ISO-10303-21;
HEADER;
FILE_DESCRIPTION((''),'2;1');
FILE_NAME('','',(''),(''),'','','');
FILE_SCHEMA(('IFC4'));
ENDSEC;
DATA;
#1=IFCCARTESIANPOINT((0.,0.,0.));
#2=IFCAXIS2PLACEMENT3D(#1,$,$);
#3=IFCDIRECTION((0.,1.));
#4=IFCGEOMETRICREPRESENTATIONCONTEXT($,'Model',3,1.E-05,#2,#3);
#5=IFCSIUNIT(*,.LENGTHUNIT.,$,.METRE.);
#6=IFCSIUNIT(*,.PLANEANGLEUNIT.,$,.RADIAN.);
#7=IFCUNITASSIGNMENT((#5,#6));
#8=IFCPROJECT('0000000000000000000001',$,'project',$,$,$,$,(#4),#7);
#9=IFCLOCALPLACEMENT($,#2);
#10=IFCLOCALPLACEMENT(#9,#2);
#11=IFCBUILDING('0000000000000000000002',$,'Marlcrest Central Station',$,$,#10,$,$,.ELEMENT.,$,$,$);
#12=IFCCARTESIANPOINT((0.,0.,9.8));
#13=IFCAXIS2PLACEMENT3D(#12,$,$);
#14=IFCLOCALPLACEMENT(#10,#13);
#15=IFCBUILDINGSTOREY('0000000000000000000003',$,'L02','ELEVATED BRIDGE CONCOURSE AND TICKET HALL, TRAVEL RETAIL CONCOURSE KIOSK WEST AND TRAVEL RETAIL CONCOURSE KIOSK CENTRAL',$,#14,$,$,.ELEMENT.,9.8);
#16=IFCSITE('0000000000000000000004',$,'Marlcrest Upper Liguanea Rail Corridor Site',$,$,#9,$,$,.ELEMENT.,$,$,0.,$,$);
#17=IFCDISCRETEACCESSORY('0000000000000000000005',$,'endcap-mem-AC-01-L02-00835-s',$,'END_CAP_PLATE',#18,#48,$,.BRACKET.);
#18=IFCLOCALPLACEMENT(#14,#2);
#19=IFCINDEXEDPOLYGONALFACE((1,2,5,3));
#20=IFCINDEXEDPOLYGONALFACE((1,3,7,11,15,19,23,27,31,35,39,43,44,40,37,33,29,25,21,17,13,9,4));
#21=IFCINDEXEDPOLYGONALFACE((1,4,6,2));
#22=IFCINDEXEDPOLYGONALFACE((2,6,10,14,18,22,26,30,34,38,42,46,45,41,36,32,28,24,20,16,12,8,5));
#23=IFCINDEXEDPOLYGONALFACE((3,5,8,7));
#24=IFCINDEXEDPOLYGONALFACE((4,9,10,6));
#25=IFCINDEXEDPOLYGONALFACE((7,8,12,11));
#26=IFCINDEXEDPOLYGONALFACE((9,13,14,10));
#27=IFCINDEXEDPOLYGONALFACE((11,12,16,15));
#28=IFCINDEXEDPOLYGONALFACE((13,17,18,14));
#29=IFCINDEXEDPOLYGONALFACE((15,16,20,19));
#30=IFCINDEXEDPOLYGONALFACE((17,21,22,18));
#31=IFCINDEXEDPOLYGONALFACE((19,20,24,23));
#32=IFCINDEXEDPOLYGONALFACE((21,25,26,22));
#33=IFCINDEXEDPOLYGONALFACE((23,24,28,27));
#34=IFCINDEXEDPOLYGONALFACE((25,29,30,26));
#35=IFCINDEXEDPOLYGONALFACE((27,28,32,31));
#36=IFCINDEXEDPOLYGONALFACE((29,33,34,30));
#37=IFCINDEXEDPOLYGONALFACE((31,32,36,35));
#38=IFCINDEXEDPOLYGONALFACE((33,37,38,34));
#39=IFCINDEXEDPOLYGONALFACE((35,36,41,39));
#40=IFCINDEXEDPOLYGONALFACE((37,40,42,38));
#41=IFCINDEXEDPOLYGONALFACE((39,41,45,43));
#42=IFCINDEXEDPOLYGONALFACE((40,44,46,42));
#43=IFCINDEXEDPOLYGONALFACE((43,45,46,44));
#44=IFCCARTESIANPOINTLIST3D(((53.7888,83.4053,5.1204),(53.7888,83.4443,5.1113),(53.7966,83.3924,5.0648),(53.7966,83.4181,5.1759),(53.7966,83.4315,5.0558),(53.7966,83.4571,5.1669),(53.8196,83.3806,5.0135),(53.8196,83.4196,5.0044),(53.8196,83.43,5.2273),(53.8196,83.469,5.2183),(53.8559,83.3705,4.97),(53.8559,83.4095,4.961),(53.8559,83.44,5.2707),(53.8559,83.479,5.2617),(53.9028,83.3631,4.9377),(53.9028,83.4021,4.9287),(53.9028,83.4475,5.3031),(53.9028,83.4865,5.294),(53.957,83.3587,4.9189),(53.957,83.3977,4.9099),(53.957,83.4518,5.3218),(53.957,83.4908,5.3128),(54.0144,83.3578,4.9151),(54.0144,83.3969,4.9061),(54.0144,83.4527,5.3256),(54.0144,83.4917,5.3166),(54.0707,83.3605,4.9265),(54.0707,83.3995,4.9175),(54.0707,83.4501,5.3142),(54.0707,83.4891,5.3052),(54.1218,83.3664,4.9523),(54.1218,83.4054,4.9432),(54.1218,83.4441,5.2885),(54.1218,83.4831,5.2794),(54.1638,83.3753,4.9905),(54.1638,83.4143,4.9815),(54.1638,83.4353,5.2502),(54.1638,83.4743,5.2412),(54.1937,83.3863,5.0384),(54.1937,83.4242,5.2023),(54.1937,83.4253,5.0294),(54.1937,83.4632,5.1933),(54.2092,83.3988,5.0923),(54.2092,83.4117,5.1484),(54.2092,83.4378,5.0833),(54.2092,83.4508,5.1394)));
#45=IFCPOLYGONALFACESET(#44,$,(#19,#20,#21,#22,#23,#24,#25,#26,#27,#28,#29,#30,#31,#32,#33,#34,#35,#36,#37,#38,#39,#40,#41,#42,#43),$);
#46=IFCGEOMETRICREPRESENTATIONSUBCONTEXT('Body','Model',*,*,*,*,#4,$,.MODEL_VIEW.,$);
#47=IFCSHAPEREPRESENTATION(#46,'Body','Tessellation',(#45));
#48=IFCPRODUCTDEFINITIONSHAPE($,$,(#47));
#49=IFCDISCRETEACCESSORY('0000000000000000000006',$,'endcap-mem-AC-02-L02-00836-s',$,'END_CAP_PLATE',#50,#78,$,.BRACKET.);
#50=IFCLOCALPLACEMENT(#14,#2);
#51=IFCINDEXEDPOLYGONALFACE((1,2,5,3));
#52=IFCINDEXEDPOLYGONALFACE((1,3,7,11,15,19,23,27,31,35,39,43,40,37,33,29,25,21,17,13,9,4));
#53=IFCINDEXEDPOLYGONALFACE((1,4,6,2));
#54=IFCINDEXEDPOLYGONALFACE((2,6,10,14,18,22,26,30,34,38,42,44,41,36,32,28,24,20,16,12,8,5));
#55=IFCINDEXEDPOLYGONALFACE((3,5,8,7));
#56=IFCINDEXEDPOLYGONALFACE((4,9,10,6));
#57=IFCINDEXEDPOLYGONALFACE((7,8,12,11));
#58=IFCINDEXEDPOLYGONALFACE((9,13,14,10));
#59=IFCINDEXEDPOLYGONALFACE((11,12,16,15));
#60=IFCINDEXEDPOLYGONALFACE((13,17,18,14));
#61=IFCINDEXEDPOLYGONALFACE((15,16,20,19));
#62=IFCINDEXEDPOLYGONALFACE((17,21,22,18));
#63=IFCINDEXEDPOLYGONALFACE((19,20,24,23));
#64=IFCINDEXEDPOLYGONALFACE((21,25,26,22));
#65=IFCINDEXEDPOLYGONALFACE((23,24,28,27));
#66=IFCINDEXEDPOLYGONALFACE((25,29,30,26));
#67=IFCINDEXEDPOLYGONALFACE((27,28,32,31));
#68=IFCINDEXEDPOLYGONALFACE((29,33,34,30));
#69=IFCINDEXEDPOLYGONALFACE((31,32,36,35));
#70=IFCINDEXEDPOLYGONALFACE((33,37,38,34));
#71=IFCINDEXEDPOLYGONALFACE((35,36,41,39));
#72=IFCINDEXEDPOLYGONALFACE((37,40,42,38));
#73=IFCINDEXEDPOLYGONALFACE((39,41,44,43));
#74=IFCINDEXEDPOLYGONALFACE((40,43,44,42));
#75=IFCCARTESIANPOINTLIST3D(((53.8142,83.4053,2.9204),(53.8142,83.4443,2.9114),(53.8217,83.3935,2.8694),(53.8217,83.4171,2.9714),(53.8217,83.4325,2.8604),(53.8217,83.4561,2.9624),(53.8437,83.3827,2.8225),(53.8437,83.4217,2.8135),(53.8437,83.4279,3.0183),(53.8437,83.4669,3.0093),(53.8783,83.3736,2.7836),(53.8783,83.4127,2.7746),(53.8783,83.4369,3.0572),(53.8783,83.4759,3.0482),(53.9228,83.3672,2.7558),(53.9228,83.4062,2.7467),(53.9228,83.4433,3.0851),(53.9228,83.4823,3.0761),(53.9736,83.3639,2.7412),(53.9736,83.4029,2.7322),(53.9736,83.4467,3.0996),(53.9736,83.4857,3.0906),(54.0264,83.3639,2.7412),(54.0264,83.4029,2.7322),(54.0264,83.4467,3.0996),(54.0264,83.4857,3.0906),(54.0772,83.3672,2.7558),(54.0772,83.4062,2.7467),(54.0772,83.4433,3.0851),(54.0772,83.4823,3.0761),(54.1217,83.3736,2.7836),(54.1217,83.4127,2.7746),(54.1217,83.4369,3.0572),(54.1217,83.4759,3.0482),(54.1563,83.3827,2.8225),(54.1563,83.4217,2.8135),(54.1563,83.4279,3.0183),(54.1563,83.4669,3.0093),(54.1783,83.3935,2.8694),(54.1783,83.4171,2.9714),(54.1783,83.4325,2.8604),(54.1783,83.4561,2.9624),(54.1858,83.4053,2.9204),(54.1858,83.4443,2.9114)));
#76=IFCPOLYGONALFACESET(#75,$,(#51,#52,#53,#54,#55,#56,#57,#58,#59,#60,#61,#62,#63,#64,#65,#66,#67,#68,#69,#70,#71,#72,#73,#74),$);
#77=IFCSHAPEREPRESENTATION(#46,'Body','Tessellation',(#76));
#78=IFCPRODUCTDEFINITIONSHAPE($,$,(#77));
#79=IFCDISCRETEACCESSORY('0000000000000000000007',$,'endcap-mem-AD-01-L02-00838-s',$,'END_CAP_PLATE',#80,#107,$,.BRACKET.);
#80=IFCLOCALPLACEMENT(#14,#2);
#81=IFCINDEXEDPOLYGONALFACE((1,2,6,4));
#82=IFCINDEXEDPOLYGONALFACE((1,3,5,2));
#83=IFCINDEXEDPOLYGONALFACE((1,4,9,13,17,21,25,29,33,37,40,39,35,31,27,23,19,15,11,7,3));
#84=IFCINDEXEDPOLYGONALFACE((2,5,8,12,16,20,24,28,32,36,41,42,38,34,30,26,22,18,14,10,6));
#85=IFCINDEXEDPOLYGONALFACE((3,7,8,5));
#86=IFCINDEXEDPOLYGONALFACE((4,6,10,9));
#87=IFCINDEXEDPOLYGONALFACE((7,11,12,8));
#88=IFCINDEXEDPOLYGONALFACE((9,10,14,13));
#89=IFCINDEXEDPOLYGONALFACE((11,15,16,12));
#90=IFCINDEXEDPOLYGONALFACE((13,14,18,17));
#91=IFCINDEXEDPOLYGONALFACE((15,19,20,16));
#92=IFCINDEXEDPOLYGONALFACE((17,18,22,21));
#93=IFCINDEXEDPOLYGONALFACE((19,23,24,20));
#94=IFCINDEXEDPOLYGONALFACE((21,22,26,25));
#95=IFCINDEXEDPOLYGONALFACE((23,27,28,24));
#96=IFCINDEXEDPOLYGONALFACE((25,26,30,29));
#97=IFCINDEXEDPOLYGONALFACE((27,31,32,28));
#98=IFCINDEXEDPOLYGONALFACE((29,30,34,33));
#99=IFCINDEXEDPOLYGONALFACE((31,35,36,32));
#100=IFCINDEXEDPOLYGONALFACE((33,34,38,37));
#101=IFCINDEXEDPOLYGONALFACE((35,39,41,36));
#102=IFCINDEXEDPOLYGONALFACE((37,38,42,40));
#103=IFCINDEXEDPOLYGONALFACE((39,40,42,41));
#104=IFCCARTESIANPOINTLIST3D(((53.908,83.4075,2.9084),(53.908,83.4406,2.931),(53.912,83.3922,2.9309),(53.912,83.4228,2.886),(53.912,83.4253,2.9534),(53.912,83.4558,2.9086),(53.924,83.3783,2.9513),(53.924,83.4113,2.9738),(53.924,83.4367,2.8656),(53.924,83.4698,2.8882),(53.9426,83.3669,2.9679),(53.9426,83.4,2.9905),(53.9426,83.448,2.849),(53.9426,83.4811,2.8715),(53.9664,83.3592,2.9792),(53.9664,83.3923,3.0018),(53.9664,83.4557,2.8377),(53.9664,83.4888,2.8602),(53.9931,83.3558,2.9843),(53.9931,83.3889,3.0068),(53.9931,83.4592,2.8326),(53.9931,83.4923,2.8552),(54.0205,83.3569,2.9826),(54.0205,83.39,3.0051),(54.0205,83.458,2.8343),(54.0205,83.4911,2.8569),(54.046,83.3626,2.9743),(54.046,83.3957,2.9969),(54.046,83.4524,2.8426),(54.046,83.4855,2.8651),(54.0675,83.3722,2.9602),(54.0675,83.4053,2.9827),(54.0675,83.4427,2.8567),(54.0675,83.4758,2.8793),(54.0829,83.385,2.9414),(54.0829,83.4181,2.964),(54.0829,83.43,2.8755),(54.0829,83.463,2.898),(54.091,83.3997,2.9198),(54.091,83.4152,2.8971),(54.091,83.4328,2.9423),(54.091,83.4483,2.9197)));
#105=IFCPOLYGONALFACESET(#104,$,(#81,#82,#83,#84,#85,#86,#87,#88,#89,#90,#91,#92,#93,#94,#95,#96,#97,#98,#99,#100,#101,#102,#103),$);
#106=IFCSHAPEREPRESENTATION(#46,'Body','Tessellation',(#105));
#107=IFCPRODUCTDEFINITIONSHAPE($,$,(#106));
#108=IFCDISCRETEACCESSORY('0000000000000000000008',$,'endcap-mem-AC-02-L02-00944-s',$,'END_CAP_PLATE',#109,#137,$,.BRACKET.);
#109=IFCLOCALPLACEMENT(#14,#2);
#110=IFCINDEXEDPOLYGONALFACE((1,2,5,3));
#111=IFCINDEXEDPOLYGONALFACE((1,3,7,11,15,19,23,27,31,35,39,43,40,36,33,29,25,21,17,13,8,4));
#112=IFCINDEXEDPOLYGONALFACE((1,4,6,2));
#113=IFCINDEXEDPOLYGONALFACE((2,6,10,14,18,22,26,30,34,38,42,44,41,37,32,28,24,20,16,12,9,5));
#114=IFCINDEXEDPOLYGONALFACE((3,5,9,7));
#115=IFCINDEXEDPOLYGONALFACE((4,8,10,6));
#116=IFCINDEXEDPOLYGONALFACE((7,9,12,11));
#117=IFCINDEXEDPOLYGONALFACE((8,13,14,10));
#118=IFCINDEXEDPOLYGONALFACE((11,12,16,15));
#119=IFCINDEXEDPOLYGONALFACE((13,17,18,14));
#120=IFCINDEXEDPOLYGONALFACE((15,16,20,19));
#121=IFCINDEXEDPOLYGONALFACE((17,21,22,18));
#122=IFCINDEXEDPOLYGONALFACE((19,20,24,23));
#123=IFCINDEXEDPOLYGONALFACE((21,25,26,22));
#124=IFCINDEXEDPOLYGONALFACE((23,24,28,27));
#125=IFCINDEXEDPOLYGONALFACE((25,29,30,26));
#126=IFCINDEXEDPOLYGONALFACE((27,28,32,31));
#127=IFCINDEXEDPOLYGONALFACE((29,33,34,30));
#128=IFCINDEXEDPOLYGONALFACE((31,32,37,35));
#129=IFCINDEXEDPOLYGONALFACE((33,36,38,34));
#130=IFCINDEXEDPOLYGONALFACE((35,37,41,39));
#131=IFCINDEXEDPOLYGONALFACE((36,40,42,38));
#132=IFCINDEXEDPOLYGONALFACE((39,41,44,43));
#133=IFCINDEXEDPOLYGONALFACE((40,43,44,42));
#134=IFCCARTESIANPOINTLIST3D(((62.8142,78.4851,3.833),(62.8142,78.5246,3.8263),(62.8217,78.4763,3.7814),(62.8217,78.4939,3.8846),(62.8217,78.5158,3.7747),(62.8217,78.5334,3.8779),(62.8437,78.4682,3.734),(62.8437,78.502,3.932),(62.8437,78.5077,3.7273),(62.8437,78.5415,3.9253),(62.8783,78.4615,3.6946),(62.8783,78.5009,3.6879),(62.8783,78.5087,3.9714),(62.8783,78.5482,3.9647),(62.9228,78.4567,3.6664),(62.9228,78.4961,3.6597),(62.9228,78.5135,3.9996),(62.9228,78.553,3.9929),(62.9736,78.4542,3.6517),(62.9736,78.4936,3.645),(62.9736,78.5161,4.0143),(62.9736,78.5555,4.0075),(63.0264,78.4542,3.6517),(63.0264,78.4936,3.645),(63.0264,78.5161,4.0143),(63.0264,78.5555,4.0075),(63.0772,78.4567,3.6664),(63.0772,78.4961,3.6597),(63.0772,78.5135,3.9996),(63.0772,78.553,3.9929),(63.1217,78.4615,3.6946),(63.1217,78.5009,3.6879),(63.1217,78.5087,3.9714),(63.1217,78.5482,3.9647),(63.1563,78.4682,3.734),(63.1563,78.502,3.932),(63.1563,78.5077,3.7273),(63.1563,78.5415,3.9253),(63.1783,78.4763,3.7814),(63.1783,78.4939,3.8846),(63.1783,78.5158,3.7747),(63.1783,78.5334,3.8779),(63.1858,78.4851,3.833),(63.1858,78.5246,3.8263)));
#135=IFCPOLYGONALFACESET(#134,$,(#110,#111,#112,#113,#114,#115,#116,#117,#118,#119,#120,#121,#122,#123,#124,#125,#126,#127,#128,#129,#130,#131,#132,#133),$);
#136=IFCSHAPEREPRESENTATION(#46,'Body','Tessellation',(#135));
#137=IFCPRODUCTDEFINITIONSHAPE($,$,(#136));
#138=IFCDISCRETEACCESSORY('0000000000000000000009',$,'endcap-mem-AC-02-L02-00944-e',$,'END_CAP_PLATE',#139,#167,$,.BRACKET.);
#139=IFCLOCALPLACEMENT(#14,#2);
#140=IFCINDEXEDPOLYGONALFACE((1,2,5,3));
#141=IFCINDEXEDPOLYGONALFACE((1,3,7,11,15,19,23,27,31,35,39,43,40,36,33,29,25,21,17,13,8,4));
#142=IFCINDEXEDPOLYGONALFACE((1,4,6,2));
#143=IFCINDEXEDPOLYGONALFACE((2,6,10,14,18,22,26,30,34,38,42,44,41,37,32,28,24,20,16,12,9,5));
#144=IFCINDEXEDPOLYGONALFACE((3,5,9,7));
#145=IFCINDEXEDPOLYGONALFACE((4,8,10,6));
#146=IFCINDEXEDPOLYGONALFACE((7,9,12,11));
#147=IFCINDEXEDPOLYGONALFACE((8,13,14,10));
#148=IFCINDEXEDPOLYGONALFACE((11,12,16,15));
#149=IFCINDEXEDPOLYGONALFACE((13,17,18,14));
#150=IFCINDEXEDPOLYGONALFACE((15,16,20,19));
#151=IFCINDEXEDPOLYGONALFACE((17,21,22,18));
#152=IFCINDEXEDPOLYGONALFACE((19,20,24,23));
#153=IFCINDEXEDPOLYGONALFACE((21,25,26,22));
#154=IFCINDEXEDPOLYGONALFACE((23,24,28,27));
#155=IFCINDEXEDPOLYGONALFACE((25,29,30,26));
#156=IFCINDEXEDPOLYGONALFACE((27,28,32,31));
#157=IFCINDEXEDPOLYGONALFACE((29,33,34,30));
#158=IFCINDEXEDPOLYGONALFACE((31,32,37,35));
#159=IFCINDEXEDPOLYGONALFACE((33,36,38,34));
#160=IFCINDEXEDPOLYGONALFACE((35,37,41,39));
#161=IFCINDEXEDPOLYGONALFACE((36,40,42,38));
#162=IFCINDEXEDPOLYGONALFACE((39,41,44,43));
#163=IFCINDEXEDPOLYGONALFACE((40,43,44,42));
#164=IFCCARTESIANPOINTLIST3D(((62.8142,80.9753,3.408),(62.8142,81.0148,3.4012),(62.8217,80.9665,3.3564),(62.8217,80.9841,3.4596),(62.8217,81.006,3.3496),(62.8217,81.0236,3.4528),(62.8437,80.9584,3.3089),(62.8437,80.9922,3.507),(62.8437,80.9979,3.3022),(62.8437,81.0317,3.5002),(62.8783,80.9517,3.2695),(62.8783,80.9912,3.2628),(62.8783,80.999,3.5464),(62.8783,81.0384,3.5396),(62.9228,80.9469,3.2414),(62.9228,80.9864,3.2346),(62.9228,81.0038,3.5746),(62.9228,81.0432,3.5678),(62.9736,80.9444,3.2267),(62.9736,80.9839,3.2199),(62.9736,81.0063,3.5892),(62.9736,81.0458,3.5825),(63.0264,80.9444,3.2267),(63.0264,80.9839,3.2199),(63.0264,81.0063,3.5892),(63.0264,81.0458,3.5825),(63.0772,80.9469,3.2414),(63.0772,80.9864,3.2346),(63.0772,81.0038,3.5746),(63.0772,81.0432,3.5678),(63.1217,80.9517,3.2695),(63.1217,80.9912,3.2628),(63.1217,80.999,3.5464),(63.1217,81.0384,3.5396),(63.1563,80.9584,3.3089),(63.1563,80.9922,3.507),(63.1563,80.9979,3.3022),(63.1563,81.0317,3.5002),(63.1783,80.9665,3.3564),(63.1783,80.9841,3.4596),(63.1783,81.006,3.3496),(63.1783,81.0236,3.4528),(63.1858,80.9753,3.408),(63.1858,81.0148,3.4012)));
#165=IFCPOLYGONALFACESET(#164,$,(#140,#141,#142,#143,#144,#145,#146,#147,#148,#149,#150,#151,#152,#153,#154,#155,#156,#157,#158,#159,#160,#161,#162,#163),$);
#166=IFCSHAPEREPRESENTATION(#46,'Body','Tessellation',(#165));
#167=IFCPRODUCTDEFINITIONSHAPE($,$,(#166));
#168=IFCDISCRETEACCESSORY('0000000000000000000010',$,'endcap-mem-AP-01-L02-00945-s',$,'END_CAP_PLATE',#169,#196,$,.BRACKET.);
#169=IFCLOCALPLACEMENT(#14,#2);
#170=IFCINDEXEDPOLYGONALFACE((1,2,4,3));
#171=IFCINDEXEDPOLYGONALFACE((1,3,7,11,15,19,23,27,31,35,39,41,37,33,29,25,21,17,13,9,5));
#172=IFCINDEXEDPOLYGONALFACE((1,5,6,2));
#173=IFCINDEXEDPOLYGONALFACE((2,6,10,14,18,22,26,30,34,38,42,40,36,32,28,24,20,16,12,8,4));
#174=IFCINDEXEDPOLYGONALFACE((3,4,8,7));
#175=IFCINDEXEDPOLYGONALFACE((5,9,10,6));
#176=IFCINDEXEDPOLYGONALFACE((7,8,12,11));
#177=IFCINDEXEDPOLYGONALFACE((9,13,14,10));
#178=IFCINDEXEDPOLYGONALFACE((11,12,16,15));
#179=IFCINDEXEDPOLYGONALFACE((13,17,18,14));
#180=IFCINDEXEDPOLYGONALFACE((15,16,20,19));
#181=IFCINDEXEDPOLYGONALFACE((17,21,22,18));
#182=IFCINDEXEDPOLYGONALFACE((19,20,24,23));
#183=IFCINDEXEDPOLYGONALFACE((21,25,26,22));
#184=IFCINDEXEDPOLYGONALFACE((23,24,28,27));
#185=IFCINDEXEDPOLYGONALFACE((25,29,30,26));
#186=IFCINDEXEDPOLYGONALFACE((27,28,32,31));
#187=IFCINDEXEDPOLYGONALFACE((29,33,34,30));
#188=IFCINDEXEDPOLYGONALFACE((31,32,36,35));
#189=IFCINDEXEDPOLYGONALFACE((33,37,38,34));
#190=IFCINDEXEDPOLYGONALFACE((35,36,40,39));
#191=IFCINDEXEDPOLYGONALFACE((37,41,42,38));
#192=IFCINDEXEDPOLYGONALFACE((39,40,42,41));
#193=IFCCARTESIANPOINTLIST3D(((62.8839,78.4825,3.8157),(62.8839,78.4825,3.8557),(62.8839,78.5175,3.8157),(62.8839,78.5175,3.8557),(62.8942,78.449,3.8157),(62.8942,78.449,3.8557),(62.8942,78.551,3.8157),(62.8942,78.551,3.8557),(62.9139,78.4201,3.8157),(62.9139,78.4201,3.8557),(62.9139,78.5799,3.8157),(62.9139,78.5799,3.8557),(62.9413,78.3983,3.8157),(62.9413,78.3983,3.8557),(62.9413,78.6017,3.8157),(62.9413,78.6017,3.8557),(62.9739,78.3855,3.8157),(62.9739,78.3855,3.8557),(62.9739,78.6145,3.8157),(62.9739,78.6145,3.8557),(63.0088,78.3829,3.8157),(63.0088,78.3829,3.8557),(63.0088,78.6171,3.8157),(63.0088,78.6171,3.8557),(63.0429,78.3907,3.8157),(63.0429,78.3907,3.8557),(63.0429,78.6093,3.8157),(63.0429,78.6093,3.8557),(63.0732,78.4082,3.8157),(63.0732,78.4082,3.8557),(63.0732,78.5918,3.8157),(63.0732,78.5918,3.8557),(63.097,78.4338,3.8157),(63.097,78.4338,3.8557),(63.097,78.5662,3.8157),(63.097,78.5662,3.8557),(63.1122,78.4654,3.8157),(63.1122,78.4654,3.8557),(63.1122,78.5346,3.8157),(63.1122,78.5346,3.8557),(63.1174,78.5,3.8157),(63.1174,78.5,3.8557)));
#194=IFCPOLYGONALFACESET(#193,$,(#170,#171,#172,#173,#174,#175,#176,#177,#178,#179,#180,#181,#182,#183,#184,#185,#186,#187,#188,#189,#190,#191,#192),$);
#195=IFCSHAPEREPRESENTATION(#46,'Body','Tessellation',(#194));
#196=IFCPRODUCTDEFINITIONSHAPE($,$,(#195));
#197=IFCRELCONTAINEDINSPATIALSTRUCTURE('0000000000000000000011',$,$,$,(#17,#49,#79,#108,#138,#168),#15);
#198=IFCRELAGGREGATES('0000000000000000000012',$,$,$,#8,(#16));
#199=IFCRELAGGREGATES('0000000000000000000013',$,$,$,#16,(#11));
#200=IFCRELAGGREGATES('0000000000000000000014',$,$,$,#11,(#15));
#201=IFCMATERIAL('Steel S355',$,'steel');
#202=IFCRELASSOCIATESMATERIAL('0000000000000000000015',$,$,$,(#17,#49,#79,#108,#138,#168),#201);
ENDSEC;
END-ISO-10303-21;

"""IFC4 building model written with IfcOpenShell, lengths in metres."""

from ifc_helpers import new_model, si_unit, direction, frame, origin, origin_2d, place, context, subcontext, project, spatial, circle, extrude, material, element, save


model = new_model("IFC4")

# Units and contexts
model_context = context("Model", 3, precision=1e-05, world=origin(), true_north=direction((0.0, 1.0)))
body_context = subcontext(model_context, "Body", "Model", "MODEL_VIEW")
ifc_project = project(units=[si_unit("LENGTHUNIT", "METRE"), si_unit("PLANEANGLEUNIT", "RADIAN")], contexts=[model_context])

# Site, building, storey
site_placement = place(None, origin())
site = spatial("IfcSite", under=ifc_project, at=site_placement, Name="Marlcrest Upper Liguanea Rail Corridor Site", CompositionType="ELEMENT", RefElevation=0.0)
building_placement = place(site_placement, origin())
building = spatial("IfcBuilding", under=site, at=building_placement, Name="Marlcrest Central Station", CompositionType="ELEMENT")
storey_placement = place(building_placement, frame((0.0, 0.0, 9.8)))
storey = spatial("IfcBuildingStorey", under=building, at=storey_placement, Name="L02", Description="ELEVATED BRIDGE CONCOURSE AND TICKET HALL, TRAVEL RETAIL CONCOURSE KIOSK WEST AND TRAVEL RETAIL CONCOURSE KIOSK CENTRAL", CompositionType="ELEMENT", Elevation=9.8)

# Shared definitions
ifc_material_1 = material(Name="Steel S355", Category="steel")

# Discrete accessories
discrete_accessory_1_placement = place(storey_placement, frame((54.0, 83.4053, 5.1204), z_axis=(0.0, 0.97433, -0.225126), x_axis=(-1.0, 0.0, 0.0)))
element("IfcDiscreteAccessory", 1, at=discrete_accessory_1_placement, inside=storey, material=ifc_material_1, Name="endcap-mem-AC-01-L02-00835-s", ObjectType="END_CAP_PLATE", PredefinedType="BRACKET", context=body_context, shape_type="SweptSolid", body=[
    extrude(circle(Radius=0.2112, at=origin_2d()), origin(), (0.0, 0.0, 1.0), 0.04),
])
discrete_accessory_2_placement = place(storey_placement, frame((54.0, 83.4053, 2.9204), z_axis=(0.0, 0.974308, -0.22522), x_axis=(-1.0, 0.0, 0.0)))
element("IfcDiscreteAccessory", 2, at=discrete_accessory_2_placement, inside=storey, material=ifc_material_1, Name="endcap-mem-AC-02-L02-00836-s", ObjectType="END_CAP_PLATE", PredefinedType="BRACKET", context=body_context, shape_type="SweptSolid", body=[
    extrude(circle(Radius=0.1858, at=origin_2d()), origin(), (0.0, 0.0, 1.0), 0.04),
])
discrete_accessory_3_placement = place(storey_placement, frame((54.0, 83.4075, 2.9084), z_axis=(0.0, 0.826263, 0.563285), x_axis=(-1.0, 0.0, 0.0)))
element("IfcDiscreteAccessory", 3, at=discrete_accessory_3_placement, inside=storey, material=ifc_material_1, Name="endcap-mem-AD-01-L02-00838-s", ObjectType="END_CAP_PLATE", PredefinedType="BRACKET", context=body_context, shape_type="SweptSolid", body=[
    extrude(circle(Radius=0.092, at=origin_2d()), origin(), (0.0, 0.0, 1.0), 0.04),
])
for number, where, z_axis, x_axis, name in (
    (4, (63.0, 78.4851, 3.833), (0.0, 0.985741, -0.168269), (-1.0, 0.0, 0.0), "endcap-mem-AC-02-L02-00944-s"),
    (5, (63.0, 80.9753, 3.408), (0.0, 0.985741, -0.168269), (-1.0, 0.0, 0.0), "endcap-mem-AC-02-L02-00944-e"),
):
    element("IfcDiscreteAccessory", number, at=place(storey_placement, frame(where, z_axis=z_axis, x_axis=x_axis)), inside=storey, material=ifc_material_1, Name=name, ObjectType="END_CAP_PLATE", PredefinedType="BRACKET", context=body_context, shape_type="SweptSolid", body=[
        extrude(circle(Radius=0.1858, at=origin_2d()), origin(), (0.0, 0.0, 1.0), 0.04),
    ])
for number, where, z_axis, x_axis, name in (
    (6, (63.0, 78.5, 3.8157), (0.0, 0.0, 1.0), (1.0, 0.0, 0.0), "endcap-mem-AP-01-L02-00945-s"),
):
    element("IfcDiscreteAccessory", number, at=place(storey_placement, frame(where, z_axis=z_axis, x_axis=x_axis)), inside=storey, material=ifc_material_1, Name=name, ObjectType="END_CAP_PLATE", PredefinedType="BRACKET", context=body_context, shape_type="SweptSolid", body=[
        extrude(circle(Radius=0.1174, at=origin_2d()), origin(), (0.0, 0.0, 1.0), 0.04),
    ])

save(model, "model.ifc")
